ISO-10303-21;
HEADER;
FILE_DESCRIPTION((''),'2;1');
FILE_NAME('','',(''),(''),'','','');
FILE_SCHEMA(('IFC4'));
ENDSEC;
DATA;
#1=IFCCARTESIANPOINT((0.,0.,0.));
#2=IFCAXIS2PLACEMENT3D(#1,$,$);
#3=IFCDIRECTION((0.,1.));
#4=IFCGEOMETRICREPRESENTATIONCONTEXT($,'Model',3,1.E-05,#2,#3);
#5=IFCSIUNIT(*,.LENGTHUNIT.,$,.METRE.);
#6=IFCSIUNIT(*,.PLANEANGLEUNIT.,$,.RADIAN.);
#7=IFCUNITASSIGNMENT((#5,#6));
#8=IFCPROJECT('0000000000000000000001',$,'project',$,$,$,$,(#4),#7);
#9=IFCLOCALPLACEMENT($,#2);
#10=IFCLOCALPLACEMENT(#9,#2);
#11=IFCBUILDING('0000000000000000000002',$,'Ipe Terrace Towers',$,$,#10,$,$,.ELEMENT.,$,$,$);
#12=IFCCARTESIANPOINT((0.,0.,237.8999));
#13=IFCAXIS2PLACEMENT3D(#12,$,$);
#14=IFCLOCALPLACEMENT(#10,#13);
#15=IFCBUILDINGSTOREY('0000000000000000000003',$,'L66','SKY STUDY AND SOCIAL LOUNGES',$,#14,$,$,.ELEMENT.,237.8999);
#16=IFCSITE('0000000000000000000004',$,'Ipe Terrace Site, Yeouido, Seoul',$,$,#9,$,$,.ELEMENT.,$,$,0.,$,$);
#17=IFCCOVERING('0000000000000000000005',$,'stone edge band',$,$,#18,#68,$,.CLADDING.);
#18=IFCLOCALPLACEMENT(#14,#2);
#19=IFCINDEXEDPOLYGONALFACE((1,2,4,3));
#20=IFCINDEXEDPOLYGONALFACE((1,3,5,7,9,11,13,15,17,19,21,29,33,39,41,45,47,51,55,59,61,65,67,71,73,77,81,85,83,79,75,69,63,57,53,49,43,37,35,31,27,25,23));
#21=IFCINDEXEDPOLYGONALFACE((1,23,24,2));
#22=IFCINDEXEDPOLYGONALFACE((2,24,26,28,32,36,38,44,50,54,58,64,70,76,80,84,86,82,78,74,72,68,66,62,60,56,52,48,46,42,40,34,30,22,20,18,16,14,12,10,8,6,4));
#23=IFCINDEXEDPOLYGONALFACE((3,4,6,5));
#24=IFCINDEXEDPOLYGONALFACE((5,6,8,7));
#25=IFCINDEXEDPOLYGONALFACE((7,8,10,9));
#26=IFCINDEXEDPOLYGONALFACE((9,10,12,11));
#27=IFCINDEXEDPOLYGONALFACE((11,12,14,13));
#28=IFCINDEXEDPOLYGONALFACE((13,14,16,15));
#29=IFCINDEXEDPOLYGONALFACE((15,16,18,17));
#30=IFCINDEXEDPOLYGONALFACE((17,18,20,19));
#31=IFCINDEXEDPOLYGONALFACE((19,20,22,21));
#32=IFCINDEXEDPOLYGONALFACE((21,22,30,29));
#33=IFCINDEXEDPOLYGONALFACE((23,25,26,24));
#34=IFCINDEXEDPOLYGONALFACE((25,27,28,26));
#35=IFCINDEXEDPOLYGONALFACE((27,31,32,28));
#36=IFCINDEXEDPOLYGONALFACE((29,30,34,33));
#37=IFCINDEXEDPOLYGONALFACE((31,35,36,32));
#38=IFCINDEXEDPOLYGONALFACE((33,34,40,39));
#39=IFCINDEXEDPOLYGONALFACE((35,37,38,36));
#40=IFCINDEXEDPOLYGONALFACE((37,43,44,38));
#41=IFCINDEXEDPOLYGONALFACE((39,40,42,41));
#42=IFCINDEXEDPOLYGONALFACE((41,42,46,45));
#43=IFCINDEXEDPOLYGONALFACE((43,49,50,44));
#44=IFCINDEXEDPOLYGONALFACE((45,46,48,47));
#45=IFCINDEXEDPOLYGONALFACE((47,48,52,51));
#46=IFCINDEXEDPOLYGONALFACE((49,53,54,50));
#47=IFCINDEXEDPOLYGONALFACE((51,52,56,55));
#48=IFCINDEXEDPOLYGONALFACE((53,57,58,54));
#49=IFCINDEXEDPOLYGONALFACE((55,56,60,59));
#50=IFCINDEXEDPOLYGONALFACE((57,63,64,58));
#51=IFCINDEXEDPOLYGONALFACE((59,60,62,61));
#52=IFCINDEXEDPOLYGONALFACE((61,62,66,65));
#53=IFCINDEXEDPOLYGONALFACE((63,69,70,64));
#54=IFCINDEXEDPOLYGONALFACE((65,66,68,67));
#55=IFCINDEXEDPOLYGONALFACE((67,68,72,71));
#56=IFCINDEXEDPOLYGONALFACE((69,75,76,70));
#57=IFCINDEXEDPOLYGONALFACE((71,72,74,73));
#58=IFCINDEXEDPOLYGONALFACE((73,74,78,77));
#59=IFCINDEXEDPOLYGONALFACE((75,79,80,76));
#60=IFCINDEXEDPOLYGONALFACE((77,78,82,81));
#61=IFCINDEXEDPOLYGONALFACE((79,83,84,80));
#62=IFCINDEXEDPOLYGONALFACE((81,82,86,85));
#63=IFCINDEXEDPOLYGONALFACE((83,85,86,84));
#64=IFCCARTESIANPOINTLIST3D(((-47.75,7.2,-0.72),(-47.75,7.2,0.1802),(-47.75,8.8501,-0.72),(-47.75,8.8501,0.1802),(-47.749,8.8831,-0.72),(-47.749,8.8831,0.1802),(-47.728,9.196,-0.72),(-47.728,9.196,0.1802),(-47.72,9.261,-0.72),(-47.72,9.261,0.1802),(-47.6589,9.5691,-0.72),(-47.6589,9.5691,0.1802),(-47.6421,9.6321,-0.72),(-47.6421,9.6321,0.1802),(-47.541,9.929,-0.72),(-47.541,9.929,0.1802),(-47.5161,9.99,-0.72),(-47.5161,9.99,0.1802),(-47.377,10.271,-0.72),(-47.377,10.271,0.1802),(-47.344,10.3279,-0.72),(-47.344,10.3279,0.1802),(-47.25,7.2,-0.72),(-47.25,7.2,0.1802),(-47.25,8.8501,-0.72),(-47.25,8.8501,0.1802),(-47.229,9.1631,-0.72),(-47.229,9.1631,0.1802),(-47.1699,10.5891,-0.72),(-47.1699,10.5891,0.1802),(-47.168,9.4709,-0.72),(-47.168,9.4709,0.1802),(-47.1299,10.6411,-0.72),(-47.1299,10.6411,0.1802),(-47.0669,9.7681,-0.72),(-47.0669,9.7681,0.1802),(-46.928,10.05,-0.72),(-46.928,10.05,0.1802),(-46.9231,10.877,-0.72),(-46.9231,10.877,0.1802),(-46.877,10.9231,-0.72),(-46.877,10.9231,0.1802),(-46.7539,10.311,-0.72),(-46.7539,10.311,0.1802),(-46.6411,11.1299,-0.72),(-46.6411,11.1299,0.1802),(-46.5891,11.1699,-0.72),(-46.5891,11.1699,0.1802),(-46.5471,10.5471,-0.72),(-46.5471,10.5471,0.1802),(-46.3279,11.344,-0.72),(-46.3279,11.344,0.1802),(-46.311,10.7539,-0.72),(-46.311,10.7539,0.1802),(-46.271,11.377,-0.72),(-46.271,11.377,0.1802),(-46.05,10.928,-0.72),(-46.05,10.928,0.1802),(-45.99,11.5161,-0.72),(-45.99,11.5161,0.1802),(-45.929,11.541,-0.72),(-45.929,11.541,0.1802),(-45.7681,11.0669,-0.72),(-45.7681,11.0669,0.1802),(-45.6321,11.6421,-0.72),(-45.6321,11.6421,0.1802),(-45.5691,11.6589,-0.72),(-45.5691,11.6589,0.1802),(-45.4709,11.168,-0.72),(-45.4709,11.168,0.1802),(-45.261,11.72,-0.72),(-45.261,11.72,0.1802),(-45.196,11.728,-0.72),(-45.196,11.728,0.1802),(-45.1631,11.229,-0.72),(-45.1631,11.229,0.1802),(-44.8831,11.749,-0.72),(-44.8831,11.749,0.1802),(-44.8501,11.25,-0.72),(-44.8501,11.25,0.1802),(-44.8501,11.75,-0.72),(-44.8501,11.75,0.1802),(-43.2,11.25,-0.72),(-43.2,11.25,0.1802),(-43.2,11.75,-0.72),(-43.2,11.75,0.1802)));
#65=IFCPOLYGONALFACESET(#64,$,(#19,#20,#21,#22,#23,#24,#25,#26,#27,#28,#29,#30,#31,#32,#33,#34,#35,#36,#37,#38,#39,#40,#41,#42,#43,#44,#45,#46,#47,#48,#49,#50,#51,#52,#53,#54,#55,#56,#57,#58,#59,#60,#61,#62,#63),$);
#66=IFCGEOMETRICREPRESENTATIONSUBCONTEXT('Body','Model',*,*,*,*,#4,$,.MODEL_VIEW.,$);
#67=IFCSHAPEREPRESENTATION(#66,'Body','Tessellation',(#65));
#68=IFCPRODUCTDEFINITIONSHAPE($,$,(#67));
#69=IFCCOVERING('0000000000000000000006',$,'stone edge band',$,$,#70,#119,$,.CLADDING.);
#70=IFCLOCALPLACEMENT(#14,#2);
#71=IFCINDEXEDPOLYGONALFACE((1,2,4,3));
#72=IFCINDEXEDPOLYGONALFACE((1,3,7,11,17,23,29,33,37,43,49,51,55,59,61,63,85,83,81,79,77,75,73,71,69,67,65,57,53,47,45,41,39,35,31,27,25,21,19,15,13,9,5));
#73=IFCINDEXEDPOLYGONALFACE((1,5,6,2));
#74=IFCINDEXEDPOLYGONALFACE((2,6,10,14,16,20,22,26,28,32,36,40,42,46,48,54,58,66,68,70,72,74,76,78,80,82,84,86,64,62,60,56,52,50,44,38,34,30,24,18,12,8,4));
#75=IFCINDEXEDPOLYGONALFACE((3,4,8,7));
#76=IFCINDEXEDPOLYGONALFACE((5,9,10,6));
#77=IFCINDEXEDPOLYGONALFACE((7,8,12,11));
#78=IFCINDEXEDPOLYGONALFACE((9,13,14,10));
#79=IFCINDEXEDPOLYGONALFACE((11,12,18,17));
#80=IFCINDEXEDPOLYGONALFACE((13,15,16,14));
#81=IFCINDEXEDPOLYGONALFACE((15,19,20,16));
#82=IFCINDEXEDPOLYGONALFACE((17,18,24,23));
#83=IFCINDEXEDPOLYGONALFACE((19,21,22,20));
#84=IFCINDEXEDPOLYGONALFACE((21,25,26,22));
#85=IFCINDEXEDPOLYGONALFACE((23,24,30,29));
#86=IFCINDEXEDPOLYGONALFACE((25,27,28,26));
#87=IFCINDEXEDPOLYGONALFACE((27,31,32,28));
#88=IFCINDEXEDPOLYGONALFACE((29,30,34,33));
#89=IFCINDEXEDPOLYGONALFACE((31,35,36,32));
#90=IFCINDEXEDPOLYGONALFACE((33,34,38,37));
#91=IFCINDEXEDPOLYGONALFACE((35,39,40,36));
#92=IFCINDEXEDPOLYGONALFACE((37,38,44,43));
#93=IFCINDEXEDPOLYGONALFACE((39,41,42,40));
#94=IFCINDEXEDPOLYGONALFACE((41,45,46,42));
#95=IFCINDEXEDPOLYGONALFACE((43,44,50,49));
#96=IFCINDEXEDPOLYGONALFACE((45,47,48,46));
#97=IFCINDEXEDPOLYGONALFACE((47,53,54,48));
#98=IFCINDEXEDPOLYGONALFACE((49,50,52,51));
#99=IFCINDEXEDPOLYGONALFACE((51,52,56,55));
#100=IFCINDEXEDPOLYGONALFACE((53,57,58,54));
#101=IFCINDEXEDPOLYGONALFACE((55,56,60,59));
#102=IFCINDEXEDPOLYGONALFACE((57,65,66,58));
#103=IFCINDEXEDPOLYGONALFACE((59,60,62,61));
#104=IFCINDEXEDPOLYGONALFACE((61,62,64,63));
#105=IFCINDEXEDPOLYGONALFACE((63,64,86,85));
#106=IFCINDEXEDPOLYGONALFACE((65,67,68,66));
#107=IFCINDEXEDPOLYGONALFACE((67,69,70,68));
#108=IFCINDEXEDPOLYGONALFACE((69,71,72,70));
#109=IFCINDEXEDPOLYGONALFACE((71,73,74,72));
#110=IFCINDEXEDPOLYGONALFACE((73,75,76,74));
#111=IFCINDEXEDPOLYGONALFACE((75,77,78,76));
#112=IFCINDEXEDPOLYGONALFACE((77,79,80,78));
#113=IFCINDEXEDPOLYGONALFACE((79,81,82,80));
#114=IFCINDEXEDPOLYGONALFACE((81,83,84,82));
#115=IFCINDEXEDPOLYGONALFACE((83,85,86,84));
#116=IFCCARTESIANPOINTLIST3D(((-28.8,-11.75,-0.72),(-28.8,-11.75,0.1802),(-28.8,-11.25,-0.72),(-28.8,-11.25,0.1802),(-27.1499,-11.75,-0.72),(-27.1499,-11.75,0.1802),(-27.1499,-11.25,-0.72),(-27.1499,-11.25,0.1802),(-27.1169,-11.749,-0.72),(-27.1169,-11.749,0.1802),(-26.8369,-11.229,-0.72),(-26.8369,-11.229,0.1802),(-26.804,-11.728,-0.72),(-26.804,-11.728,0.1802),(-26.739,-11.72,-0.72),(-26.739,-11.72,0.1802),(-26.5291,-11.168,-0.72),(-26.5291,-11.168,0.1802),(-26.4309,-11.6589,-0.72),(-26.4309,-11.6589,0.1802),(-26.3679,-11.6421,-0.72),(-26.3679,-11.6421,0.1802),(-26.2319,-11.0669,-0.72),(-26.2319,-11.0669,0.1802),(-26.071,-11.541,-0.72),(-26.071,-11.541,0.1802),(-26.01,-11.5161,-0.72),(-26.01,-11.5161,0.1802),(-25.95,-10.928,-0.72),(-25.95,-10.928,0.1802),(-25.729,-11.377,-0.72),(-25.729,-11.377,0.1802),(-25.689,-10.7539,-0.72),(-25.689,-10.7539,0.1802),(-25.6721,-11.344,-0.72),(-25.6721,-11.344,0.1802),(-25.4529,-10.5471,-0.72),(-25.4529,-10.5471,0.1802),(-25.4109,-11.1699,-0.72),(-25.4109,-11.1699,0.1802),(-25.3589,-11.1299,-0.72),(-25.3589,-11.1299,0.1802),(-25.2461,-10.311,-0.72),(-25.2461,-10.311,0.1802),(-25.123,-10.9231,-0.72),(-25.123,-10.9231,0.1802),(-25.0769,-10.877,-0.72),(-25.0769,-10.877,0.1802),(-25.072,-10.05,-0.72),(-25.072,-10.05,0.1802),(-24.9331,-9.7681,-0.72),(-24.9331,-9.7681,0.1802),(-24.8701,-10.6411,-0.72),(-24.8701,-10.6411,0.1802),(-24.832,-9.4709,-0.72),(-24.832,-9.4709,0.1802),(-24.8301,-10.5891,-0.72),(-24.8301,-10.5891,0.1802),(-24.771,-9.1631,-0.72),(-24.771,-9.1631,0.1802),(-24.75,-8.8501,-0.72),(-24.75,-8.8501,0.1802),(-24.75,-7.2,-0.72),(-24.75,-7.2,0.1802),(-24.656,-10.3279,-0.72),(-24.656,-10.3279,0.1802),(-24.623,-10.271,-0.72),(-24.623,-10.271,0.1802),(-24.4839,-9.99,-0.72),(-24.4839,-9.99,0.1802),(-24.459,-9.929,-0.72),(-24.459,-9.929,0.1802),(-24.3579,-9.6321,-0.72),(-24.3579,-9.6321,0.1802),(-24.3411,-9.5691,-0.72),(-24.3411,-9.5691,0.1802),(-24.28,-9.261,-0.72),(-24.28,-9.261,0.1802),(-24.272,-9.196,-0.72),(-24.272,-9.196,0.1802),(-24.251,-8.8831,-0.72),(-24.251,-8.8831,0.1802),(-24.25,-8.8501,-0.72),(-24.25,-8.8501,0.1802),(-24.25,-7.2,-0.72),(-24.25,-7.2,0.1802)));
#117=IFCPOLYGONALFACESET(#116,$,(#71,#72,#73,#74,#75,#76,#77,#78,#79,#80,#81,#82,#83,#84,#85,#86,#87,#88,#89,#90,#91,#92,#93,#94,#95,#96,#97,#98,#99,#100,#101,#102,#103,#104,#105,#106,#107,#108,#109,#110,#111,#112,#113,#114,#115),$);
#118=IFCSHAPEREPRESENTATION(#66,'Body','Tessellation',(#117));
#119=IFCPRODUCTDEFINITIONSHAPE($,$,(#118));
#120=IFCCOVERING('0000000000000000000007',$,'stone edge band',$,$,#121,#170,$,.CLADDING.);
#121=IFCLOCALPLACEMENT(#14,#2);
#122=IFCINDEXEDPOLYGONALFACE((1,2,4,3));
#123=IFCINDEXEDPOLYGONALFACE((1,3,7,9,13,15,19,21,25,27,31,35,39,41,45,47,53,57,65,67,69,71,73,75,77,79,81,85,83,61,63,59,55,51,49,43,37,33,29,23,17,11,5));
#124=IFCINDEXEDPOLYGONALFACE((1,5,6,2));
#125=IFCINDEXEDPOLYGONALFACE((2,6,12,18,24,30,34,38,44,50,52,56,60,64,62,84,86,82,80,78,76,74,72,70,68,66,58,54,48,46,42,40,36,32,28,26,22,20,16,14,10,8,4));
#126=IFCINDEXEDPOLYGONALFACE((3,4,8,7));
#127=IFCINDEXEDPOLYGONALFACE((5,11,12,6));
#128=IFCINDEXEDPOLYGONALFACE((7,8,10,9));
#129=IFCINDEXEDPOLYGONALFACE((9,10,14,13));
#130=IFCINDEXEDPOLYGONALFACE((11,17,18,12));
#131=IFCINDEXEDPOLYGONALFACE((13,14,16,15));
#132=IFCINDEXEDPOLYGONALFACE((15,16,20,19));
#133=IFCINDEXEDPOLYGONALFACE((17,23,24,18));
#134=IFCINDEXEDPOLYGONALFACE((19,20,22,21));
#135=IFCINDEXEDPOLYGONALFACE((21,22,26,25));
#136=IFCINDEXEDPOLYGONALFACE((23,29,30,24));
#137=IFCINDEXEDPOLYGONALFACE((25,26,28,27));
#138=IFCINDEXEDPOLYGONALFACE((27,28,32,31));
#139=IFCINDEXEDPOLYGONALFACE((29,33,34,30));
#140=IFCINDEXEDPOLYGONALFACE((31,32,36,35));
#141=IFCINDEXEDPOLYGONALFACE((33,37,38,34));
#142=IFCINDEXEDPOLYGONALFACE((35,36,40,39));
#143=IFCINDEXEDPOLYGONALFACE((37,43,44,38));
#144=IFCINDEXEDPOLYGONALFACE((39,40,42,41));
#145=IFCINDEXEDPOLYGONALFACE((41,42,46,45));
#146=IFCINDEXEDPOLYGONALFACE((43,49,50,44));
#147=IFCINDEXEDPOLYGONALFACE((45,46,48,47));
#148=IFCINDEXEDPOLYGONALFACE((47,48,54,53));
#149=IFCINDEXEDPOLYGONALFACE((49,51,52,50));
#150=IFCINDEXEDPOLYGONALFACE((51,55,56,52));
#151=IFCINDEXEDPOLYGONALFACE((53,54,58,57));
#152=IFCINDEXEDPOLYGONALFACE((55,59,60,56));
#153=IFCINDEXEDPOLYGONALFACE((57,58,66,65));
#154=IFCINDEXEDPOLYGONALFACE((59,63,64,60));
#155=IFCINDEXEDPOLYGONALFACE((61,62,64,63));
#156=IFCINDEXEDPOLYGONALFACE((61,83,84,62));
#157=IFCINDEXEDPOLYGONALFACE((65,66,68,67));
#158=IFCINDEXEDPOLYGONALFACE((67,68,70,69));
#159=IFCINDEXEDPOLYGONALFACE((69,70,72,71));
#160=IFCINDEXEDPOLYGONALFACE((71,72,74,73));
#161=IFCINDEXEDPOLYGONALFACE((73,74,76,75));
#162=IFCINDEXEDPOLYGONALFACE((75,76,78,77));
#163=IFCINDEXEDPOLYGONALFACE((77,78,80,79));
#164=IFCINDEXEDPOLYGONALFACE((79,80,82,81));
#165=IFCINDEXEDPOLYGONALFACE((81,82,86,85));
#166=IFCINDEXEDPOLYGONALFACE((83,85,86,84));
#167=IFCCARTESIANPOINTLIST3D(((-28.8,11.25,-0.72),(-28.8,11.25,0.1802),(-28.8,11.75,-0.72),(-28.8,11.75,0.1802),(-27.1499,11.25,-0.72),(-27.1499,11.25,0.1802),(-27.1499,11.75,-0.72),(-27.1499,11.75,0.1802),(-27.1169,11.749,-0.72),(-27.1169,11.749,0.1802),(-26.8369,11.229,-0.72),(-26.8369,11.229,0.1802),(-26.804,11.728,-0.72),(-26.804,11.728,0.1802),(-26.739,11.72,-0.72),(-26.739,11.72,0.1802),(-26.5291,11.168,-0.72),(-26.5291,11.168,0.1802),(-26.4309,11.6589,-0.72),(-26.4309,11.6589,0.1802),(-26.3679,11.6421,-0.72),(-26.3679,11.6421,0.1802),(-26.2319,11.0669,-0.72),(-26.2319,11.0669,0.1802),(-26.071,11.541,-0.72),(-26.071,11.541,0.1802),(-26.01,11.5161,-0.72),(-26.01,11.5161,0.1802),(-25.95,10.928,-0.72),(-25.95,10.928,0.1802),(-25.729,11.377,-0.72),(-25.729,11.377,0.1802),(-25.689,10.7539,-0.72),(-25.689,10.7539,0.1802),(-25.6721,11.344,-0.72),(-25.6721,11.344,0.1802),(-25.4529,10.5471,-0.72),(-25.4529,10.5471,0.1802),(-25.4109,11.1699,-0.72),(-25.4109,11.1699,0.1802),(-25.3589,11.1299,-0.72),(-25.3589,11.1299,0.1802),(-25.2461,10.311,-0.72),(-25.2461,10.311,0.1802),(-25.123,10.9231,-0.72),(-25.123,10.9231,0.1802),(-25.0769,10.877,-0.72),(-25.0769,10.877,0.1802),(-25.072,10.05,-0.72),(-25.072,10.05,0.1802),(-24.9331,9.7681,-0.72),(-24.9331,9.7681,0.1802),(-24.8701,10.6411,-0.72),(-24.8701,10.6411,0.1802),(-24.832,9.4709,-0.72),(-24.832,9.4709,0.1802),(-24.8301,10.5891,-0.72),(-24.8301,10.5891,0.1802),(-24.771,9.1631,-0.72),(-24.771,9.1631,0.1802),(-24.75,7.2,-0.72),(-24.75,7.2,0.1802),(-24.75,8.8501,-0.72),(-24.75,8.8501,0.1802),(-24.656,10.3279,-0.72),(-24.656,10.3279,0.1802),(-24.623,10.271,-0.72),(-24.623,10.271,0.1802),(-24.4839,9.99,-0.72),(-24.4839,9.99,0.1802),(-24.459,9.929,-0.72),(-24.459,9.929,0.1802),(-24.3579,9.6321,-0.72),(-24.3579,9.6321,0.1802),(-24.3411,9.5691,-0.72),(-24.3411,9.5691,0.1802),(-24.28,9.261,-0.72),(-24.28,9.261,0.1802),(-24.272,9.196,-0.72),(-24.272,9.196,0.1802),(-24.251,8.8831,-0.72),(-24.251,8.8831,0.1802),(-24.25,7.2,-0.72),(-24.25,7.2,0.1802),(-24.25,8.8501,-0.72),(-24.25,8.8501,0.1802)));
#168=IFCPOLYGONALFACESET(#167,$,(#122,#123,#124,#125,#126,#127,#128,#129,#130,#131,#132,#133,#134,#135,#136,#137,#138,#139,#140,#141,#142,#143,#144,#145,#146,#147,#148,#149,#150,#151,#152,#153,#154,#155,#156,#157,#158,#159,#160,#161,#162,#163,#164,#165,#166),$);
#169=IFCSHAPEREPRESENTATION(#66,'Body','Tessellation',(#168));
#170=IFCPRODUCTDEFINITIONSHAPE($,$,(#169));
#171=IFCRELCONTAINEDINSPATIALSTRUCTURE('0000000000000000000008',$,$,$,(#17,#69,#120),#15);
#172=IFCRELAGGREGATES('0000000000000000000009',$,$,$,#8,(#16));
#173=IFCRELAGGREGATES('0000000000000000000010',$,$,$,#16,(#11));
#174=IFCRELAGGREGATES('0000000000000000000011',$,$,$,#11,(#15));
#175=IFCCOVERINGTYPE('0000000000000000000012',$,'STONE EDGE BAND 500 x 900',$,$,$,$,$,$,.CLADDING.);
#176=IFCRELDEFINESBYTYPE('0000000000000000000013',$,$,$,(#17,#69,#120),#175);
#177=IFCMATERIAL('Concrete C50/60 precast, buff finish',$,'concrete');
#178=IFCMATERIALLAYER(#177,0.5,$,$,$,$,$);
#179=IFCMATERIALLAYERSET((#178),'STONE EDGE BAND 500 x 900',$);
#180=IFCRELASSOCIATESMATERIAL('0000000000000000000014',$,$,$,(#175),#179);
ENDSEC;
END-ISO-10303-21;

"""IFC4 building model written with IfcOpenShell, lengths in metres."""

from ifc_helpers import new_model, si_unit, direction, frame, origin, place, context, subcontext, project, spatial, polyline, outline, extrude, material, layer, layer_set, type_object, element, save


model = new_model("IFC4")

# Units and contexts
model_context = context("Model", 3, precision=1e-05, world=origin(), true_north=direction((0.0, 1.0)))
body_context = subcontext(model_context, "Body", "Model", "MODEL_VIEW")
ifc_project = project(units=[si_unit("LENGTHUNIT", "METRE"), si_unit("PLANEANGLEUNIT", "RADIAN")], contexts=[model_context])

# Site, building, storey
site_placement = place(None, origin())
site = spatial("IfcSite", under=ifc_project, at=site_placement, Name="Ipe Terrace Site, Yeouido, Seoul", CompositionType="ELEMENT", RefElevation=0.0)
building_placement = place(site_placement, origin())
building = spatial("IfcBuilding", under=site, at=building_placement, Name="Ipe Terrace Towers", CompositionType="ELEMENT")
storey_placement = place(building_placement, frame((0.0, 0.0, 237.8999)))
storey = spatial("IfcBuildingStorey", under=building, at=storey_placement, Name="L66", Description="SKY STUDY AND SOCIAL LOUNGES", CompositionType="ELEMENT", Elevation=237.8999)

# Coverings
ifc_material_1 = material(Name="Concrete C50/60 precast, buff finish", Category="concrete")
ifc_layer_1 = layer(ifc_material_1, 0.5)
ifc_layer_set_1 = layer_set([ifc_layer_1], Name="STONE EDGE BAND 500 x 900")
covering_type_1 = type_object("IfcCoveringType", Name="STONE EDGE BAND 500 x 900", PredefinedType="CLADDING", material=ifc_layer_set_1)
covering_1_placement = place(storey_placement, frame((0.0, 0.0, -0.72)))
element("IfcCovering", 1, at=covering_1_placement, inside=storey, type_object=covering_type_1, Name="stone edge band", PredefinedType="CLADDING", context=body_context, shape_type="SweptSolid", body=[
    extrude(outline(polyline([(-44.8501, 11.75), (-44.8831, 11.749), (-45.196, 11.728), (-45.261, 11.72), (-45.5691, 11.6589), (-45.6321, 11.6421), (-45.929, 11.541), (-45.99, 11.5161), (-46.271, 11.377), (-46.3279, 11.344), (-46.5891, 11.1699), (-46.6411, 11.1299), (-46.877, 10.9231), (-46.9231, 10.877), (-47.1299, 10.6411), (-47.1699, 10.5891), (-47.344, 10.3279), (-47.377, 10.271), (-47.5161, 9.99), (-47.541, 9.929), (-47.6421, 9.6321), (-47.6589, 9.5691), (-47.72, 9.261), (-47.728, 9.196), (-47.749, 8.8831), (-47.75, 8.8501), (-47.75, 7.2), (-47.25, 7.2), (-47.25, 8.8501), (-47.229, 9.1631), (-47.168, 9.4709), (-47.0669, 9.7681), (-46.928, 10.05), (-46.7539, 10.311), (-46.5471, 10.5471), (-46.311, 10.7539), (-46.05, 10.928), (-45.7681, 11.0669), (-45.4709, 11.168), (-45.1631, 11.229), (-44.8501, 11.25), (-43.2, 11.25), (-43.2, 11.75), (-44.8501, 11.75)])), origin(), (0.0, 0.0, 1.0), 0.9001),
])
covering_2_placement = place(storey_placement, frame((0.0, 0.0, -0.72)))
element("IfcCovering", 2, at=covering_2_placement, inside=storey, type_object=covering_type_1, Name="stone edge band", PredefinedType="CLADDING", context=body_context, shape_type="SweptSolid", body=[
    extrude(outline(polyline([(-27.1499, -11.75), (-27.1169, -11.749), (-26.804, -11.728), (-26.739, -11.72), (-26.4309, -11.6589), (-26.3679, -11.6421), (-26.071, -11.541), (-26.01, -11.5161), (-25.729, -11.377), (-25.6721, -11.344), (-25.4109, -11.1699), (-25.3589, -11.1299), (-25.123, -10.9231), (-25.0769, -10.877), (-24.8701, -10.6411), (-24.8301, -10.5891), (-24.656, -10.3279), (-24.623, -10.271), (-24.4839, -9.99), (-24.459, -9.929), (-24.3579, -9.6321), (-24.3411, -9.5691), (-24.28, -9.261), (-24.272, -9.196), (-24.251, -8.8831), (-24.25, -8.8501), (-24.25, -7.2), (-24.75, -7.2), (-24.75, -8.8501), (-24.771, -9.1631), (-24.832, -9.4709), (-24.9331, -9.7681), (-25.072, -10.05), (-25.2461, -10.311), (-25.4529, -10.5471), (-25.689, -10.7539), (-25.95, -10.928), (-26.2319, -11.0669), (-26.5291, -11.168), (-26.8369, -11.229), (-27.1499, -11.25), (-28.8, -11.25), (-28.8, -11.75), (-27.1499, -11.75)])), origin(), (0.0, 0.0, 1.0), 0.9001),
])
covering_3_placement = place(storey_placement, frame((0.0, 0.0, -0.72)))
element("IfcCovering", 3, at=covering_3_placement, inside=storey, type_object=covering_type_1, Name="stone edge band", PredefinedType="CLADDING", context=body_context, shape_type="SweptSolid", body=[
    extrude(outline(polyline([(-27.1499, 11.75), (-28.8, 11.75), (-28.8, 11.25), (-27.1499, 11.25), (-26.8369, 11.229), (-26.5291, 11.168), (-26.2319, 11.0669), (-25.95, 10.928), (-25.689, 10.7539), (-25.4529, 10.5471), (-25.2461, 10.311), (-25.072, 10.05), (-24.9331, 9.7681), (-24.832, 9.4709), (-24.771, 9.1631), (-24.75, 8.8501), (-24.75, 7.2), (-24.25, 7.2), (-24.25, 8.8501), (-24.251, 8.8831), (-24.272, 9.196), (-24.28, 9.261), (-24.3411, 9.5691), (-24.3579, 9.6321), (-24.459, 9.929), (-24.4839, 9.99), (-24.623, 10.271), (-24.656, 10.3279), (-24.8301, 10.5891), (-24.8701, 10.6411), (-25.0769, 10.877), (-25.123, 10.9231), (-25.3589, 11.1299), (-25.4109, 11.1699), (-25.6721, 11.344), (-25.729, 11.377), (-26.01, 11.5161), (-26.071, 11.541), (-26.3679, 11.6421), (-26.4309, 11.6589), (-26.739, 11.72), (-26.804, 11.728), (-27.1169, 11.749), (-27.1499, 11.75)])), origin(), (0.0, 0.0, 1.0), 0.9001),
])

save(model, "model.ifc")
